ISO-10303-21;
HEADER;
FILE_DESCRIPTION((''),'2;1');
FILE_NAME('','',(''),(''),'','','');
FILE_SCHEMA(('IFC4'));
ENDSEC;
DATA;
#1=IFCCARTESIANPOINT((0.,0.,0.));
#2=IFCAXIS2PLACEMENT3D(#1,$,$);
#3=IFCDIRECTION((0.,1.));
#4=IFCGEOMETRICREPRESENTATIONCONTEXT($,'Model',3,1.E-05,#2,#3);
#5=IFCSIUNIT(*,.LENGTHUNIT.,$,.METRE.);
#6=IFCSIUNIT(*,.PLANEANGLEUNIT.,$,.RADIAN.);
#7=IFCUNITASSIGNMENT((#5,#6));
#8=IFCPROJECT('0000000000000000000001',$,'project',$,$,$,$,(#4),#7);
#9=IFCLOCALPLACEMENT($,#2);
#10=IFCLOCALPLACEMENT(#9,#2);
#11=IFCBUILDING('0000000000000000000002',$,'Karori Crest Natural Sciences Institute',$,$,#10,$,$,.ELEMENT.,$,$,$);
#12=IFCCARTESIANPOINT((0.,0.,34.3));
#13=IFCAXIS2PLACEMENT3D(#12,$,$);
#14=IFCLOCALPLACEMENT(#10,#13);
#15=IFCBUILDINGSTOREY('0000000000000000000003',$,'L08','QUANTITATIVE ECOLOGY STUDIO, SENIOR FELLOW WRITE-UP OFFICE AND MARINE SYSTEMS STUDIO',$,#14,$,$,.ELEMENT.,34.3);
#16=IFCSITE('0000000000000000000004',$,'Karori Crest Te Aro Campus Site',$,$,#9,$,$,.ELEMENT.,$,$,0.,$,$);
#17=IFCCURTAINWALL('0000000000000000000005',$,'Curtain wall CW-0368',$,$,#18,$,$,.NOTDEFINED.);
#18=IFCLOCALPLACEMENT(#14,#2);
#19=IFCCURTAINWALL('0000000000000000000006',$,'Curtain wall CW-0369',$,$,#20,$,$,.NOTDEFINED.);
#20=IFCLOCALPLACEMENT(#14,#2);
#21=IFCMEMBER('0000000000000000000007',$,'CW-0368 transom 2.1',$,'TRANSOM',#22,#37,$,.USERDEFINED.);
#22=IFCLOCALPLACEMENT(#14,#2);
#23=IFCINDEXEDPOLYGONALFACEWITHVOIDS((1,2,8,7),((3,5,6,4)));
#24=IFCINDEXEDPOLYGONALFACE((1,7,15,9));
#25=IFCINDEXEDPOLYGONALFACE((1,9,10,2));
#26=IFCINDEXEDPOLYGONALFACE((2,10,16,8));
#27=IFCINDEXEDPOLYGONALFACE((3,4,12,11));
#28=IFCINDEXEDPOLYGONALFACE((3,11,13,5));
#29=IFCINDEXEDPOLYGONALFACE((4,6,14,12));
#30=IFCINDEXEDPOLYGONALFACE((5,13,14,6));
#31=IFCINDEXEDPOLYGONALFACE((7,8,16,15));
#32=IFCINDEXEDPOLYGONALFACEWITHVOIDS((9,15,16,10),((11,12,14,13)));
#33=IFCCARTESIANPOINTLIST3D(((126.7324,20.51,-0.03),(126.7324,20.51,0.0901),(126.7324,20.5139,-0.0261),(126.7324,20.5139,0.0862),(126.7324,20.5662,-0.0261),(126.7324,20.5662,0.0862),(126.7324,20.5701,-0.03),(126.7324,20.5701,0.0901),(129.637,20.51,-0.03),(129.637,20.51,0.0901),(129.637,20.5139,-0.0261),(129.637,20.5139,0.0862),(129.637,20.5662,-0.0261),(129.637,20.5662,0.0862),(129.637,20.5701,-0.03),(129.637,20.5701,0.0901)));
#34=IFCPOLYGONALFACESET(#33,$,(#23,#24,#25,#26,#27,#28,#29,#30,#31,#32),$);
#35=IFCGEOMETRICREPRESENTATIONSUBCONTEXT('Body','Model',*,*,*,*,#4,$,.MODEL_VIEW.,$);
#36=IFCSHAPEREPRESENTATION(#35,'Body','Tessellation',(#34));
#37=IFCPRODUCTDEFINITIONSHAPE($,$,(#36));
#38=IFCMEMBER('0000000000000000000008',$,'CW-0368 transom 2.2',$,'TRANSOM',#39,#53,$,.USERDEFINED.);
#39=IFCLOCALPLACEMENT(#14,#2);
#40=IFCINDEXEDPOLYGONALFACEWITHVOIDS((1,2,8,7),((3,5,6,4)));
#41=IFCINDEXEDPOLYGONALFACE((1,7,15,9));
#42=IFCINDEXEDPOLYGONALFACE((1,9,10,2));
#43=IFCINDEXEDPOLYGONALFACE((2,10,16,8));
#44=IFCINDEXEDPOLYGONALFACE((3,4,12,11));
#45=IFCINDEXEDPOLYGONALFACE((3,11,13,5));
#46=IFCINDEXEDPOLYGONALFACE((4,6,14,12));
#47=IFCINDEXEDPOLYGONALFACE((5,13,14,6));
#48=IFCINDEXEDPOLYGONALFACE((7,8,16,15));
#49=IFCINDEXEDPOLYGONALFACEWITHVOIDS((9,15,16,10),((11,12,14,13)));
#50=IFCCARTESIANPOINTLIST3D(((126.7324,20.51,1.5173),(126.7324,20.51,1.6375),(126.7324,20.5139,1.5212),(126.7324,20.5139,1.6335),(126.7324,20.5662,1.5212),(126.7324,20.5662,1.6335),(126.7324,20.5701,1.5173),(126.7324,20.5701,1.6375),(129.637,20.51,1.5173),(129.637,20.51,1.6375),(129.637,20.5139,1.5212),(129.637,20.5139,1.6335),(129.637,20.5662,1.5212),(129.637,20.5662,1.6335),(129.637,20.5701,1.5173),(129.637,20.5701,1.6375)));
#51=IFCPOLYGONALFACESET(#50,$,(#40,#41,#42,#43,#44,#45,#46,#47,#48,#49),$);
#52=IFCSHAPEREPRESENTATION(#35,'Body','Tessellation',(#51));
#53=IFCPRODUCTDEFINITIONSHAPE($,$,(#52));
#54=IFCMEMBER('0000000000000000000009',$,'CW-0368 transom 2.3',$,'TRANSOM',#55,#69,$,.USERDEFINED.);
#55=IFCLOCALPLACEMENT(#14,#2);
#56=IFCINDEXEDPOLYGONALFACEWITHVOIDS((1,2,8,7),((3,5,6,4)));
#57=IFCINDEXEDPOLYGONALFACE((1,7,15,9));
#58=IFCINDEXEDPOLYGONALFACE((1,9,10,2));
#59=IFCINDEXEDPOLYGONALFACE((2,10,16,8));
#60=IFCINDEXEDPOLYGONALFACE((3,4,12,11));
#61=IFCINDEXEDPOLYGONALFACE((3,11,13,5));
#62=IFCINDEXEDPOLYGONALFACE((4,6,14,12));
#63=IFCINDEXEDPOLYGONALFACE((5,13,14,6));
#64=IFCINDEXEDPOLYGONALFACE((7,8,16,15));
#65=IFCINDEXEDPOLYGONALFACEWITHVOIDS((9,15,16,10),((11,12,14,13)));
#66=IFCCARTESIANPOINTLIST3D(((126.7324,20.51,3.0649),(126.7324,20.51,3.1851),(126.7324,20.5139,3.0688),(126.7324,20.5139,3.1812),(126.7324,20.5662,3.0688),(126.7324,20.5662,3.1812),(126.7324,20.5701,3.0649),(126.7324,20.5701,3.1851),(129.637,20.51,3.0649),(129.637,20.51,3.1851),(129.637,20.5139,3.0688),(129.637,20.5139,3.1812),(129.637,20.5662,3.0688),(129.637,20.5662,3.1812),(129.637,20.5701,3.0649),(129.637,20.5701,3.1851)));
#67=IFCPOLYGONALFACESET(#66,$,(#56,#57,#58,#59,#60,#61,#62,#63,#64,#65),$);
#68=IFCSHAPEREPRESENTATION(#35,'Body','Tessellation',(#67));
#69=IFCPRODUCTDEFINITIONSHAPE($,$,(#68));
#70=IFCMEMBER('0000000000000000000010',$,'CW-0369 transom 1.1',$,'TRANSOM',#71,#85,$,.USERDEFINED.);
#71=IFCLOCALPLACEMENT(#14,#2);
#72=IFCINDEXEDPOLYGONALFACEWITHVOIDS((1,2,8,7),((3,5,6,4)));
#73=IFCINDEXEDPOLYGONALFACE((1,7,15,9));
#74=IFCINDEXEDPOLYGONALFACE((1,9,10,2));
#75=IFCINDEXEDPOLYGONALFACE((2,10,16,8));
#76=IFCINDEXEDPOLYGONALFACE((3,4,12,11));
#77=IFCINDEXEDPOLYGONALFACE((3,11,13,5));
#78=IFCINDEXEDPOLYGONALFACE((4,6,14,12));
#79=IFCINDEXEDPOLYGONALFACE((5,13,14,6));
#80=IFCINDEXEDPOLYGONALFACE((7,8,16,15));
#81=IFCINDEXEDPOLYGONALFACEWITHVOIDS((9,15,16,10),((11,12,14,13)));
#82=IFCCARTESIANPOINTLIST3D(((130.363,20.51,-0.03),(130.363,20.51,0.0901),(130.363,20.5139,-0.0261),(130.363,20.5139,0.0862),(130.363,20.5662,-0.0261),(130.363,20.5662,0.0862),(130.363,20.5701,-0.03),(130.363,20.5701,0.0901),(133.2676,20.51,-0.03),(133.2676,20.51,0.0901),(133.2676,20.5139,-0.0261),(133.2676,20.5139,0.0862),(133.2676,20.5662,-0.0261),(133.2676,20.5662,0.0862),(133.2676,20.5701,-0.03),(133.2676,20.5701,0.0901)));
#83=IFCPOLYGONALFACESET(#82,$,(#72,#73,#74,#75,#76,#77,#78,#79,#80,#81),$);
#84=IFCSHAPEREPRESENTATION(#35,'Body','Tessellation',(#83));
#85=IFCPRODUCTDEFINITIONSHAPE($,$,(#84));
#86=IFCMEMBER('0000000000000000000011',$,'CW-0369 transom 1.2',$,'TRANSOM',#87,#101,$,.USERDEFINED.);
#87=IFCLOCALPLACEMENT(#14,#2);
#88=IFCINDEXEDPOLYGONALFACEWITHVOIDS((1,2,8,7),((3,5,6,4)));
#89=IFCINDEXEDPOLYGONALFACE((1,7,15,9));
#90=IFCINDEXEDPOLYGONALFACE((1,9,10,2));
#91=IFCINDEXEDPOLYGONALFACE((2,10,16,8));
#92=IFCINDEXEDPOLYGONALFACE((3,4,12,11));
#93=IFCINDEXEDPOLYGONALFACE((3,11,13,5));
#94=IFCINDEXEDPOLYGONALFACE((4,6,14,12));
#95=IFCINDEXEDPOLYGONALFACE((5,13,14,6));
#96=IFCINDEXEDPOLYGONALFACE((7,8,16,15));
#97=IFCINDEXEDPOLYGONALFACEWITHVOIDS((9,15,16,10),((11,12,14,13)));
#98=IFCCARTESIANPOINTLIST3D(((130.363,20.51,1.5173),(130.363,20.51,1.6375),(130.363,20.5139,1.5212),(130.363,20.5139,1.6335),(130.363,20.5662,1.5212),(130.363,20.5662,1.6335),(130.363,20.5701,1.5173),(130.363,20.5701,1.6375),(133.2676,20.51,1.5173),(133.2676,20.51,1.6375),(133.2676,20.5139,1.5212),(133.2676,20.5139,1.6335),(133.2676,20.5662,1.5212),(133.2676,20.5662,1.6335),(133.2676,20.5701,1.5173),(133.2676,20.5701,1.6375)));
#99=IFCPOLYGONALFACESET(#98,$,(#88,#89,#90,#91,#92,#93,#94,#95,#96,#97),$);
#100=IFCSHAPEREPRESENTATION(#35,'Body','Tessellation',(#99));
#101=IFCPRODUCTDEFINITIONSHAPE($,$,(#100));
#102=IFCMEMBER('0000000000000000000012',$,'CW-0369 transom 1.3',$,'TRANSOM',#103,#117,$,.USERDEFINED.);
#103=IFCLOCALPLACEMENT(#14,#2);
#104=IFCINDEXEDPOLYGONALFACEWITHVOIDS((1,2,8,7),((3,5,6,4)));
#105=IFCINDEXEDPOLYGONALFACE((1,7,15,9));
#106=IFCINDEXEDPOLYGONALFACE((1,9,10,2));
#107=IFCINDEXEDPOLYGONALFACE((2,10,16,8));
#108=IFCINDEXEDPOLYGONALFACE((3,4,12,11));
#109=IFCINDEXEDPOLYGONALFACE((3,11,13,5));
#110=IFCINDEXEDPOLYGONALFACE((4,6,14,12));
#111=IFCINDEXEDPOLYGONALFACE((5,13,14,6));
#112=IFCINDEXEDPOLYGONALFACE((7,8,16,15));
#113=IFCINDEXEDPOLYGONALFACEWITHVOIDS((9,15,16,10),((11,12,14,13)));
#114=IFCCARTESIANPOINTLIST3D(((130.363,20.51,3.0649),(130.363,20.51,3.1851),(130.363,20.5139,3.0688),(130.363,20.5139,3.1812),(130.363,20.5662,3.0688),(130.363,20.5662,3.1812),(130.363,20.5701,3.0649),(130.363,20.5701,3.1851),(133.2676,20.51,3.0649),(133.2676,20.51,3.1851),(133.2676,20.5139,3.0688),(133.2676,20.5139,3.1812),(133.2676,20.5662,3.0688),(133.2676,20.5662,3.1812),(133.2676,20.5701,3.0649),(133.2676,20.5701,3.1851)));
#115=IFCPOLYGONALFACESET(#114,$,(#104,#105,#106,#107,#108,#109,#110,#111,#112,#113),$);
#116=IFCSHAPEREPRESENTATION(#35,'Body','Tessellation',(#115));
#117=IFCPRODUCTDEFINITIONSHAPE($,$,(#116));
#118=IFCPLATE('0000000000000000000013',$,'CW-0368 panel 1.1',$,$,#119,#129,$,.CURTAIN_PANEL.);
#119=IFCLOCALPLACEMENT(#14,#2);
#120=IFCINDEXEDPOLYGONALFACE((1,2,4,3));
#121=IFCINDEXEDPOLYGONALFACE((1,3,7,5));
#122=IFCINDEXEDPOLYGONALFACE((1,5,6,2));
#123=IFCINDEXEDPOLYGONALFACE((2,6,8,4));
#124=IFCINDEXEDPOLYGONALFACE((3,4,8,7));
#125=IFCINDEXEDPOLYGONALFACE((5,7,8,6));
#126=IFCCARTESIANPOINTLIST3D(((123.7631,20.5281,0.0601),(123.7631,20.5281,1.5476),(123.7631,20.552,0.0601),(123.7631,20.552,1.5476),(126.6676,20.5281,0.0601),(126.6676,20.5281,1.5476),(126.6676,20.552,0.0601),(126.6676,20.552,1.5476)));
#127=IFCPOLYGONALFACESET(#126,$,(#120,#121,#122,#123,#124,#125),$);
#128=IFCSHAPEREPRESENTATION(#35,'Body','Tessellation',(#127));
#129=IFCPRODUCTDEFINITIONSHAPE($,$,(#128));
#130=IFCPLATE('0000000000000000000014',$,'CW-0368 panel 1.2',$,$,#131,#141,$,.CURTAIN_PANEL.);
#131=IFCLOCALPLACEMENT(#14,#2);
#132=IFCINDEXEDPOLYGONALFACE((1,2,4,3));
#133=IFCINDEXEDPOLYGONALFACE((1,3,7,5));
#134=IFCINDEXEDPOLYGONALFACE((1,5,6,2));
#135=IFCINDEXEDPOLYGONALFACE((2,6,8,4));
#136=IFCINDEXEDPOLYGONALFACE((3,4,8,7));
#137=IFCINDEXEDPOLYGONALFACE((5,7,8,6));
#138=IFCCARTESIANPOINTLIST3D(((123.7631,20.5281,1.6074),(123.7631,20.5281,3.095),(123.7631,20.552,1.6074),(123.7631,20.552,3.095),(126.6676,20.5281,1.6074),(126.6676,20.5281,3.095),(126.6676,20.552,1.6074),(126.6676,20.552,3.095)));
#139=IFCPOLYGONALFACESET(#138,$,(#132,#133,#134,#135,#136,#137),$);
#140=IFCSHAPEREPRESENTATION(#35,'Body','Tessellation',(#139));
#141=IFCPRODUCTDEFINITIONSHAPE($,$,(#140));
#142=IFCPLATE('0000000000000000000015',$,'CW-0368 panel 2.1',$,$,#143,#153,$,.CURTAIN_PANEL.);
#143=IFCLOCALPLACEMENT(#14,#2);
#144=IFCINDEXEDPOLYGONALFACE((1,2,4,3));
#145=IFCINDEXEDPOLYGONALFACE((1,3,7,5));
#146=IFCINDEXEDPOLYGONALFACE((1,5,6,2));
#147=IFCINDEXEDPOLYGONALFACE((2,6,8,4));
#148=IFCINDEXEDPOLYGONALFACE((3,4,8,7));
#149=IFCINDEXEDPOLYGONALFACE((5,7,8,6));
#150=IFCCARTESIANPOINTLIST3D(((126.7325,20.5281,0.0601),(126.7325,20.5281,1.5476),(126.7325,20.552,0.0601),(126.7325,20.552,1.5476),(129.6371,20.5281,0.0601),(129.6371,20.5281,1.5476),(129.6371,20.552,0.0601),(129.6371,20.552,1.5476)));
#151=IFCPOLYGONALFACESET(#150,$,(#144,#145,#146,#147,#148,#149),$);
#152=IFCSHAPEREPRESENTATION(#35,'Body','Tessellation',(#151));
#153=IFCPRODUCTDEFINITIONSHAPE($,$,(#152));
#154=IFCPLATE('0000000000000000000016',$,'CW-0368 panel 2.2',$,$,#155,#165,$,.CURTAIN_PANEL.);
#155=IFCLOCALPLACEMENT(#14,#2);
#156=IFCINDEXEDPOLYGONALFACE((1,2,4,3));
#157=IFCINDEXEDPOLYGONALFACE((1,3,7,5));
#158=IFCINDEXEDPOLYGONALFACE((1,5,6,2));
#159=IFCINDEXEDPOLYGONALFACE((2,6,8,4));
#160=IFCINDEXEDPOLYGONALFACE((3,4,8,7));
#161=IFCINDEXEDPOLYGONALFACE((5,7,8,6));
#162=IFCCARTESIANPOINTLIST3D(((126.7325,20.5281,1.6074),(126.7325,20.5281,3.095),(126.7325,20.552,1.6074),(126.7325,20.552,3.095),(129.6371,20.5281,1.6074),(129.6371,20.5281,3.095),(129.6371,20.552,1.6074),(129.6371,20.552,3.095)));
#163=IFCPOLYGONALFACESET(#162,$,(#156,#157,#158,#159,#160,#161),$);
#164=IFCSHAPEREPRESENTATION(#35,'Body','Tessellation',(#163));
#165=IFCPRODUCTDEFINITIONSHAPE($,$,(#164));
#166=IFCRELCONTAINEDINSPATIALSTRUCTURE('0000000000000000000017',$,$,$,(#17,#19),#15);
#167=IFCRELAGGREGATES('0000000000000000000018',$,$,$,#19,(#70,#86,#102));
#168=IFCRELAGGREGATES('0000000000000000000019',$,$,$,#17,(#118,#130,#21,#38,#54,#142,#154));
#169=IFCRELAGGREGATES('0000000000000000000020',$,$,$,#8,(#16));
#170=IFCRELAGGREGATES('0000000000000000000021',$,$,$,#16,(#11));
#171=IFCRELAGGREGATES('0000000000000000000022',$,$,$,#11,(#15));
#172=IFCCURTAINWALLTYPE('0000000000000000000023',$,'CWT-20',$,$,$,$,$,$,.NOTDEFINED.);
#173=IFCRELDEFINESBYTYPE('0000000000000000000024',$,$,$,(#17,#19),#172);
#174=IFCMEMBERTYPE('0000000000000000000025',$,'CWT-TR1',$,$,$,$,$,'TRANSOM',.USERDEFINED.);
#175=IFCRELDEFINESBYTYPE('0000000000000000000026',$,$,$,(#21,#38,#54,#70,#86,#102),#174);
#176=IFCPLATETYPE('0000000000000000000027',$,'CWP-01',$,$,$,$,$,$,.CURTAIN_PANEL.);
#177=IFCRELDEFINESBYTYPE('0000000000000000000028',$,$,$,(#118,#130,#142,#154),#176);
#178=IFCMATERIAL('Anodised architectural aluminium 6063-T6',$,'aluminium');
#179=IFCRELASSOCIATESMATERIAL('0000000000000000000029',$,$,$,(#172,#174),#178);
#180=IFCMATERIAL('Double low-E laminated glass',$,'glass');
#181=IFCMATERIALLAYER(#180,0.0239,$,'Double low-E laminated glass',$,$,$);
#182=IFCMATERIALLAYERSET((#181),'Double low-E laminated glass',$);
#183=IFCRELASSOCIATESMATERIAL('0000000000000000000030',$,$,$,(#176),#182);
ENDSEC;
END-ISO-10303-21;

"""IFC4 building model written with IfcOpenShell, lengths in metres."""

from ifc_helpers import new_model, si_unit, direction, frame, origin, origin_2d, place, context, subcontext, project, spatial, rectangle, hollow_rectangle, extrude, material, layer, layer_set, material_profile, profile_set, type_object, element, aggregate, save


model = new_model("IFC4")

# Units and contexts
model_context = context("Model", 3, precision=1e-05, world=origin(), true_north=direction((0.0, 1.0)))
body_context = subcontext(model_context, "Body", "Model", "MODEL_VIEW")
ifc_project = project(units=[si_unit("LENGTHUNIT", "METRE"), si_unit("PLANEANGLEUNIT", "RADIAN")], contexts=[model_context])

# Site, building, storey
site_placement = place(None, origin())
site = spatial("IfcSite", under=ifc_project, at=site_placement, Name="Karori Crest Te Aro Campus Site", CompositionType="ELEMENT", RefElevation=0.0)
building_placement = place(site_placement, origin())
building = spatial("IfcBuilding", under=site, at=building_placement, Name="Karori Crest Natural Sciences Institute", CompositionType="ELEMENT")
storey_placement = place(building_placement, frame((0.0, 0.0, 34.3)))
storey = spatial("IfcBuildingStorey", under=building, at=storey_placement, Name="L08", Description="QUANTITATIVE ECOLOGY STUDIO, SENIOR FELLOW WRITE-UP OFFICE AND MARINE SYSTEMS STUDIO", CompositionType="ELEMENT", Elevation=34.3)

# Curtain wall
ifc_material_1 = material(Name="Anodised architectural aluminium 6063-T6", Category="aluminium")
curtain_wall_type = type_object("IfcCurtainWallType", Name="CWT-20", PredefinedType="NOTDEFINED", material=ifc_material_1)
curtain_wall_1_placement = place(storey_placement, origin())
curtain_wall_1 = element("IfcCurtainWall", 1, at=curtain_wall_1_placement, inside=storey, type_object=curtain_wall_type, Name="Curtain wall CW-0368", PredefinedType="NOTDEFINED")

# Curtain wall
curtain_wall_2_placement = place(storey_placement, origin())
curtain_wall_2 = element("IfcCurtainWall", 2, at=curtain_wall_2_placement, inside=storey, type_object=curtain_wall_type, Name="Curtain wall CW-0369", PredefinedType="NOTDEFINED")

# Members
ifc_material_profile_1 = material_profile(ifc_material_1, hollow_rectangle(XDim=0.0601, YDim=0.1201, WallThickness=0.0039, at=origin_2d()), Name="CWT120x60x4")
ifc_profile_set_1 = profile_set([ifc_material_profile_1], Name="Anodised architectural aluminium 6063-T6")
member_type_1 = type_object("IfcMemberType", Name="CWT-TR1", ElementType="TRANSOM", PredefinedType="USERDEFINED", material=ifc_profile_set_1)
member_1_placement = place(storey_placement, frame((126.7324, 20.54, 0.03), z_axis=(1.0, 0.0, 0.0), x_axis=(0.0, 1.0, 0.0)))
member_1 = element("IfcMember", 3, at=member_1_placement, type_object=member_type_1, Name="CW-0368 transom 2.1", ObjectType="TRANSOM", PredefinedType="USERDEFINED", context=body_context, shape_type="SweptSolid", body=[
    extrude(hollow_rectangle(XDim=0.0601, YDim=0.1201, WallThickness=0.0039, at=origin_2d()), origin(), (0.0, 0.0, 1.0), 2.9045),
])
member_2_placement = place(storey_placement, frame((126.7324, 20.54, 1.5774), z_axis=(1.0, 0.0, 0.0), x_axis=(0.0, 1.0, 0.0)))
member_2 = element("IfcMember", 4, at=member_2_placement, type_object=member_type_1, Name="CW-0368 transom 2.2", ObjectType="TRANSOM", PredefinedType="USERDEFINED", context=body_context, shape_type="SweptSolid", body=[
    extrude(hollow_rectangle(XDim=0.0601, YDim=0.1201, WallThickness=0.0039, at=origin_2d()), origin(), (0.0, 0.0, 1.0), 2.9045),
])
member_3_placement = place(storey_placement, frame((126.7324, 20.54, 3.125), z_axis=(1.0, 0.0, 0.0), x_axis=(0.0, 1.0, 0.0)))
member_3 = element("IfcMember", 5, at=member_3_placement, type_object=member_type_1, Name="CW-0368 transom 2.3", ObjectType="TRANSOM", PredefinedType="USERDEFINED", context=body_context, shape_type="SweptSolid", body=[
    extrude(hollow_rectangle(XDim=0.0601, YDim=0.1201, WallThickness=0.0039, at=origin_2d()), origin(), (0.0, 0.0, 1.0), 2.9045),
])
member_4_placement = place(storey_placement, frame((130.363, 20.54, 0.03), z_axis=(1.0, 0.0, 0.0), x_axis=(0.0, 1.0, 0.0)))
member_4 = element("IfcMember", 6, at=member_4_placement, type_object=member_type_1, Name="CW-0369 transom 1.1", ObjectType="TRANSOM", PredefinedType="USERDEFINED", context=body_context, shape_type="SweptSolid", body=[
    extrude(hollow_rectangle(XDim=0.0601, YDim=0.1201, WallThickness=0.0039, at=origin_2d()), origin(), (0.0, 0.0, 1.0), 2.9045),
])
member_5_placement = place(storey_placement, frame((130.363, 20.54, 1.5774), z_axis=(1.0, 0.0, 0.0), x_axis=(0.0, 1.0, 0.0)))
member_5 = element("IfcMember", 7, at=member_5_placement, type_object=member_type_1, Name="CW-0369 transom 1.2", ObjectType="TRANSOM", PredefinedType="USERDEFINED", context=body_context, shape_type="SweptSolid", body=[
    extrude(hollow_rectangle(XDim=0.0601, YDim=0.1201, WallThickness=0.0039, at=origin_2d()), origin(), (0.0, 0.0, 1.0), 2.9045),
])
member_6_placement = place(storey_placement, frame((130.363, 20.54, 3.125), z_axis=(1.0, 0.0, 0.0), x_axis=(0.0, 1.0, 0.0)))
member_6 = element("IfcMember", 8, at=member_6_placement, type_object=member_type_1, Name="CW-0369 transom 1.3", ObjectType="TRANSOM", PredefinedType="USERDEFINED", context=body_context, shape_type="SweptSolid", body=[
    extrude(hollow_rectangle(XDim=0.0601, YDim=0.1201, WallThickness=0.0039, at=origin_2d()), origin(), (0.0, 0.0, 1.0), 2.9045),
])
aggregate(curtain_wall_2, [member_4, member_5, member_6])

# Plates
ifc_material_2 = material(Name="Double low-E laminated glass", Category="glass")
ifc_layer = layer(ifc_material_2, 0.0239, Name="Double low-E laminated glass")
ifc_layer_set = layer_set([ifc_layer], Name="Double low-E laminated glass")
plate_type = type_object("IfcPlateType", Name="CWP-01", PredefinedType="CURTAIN_PANEL", material=ifc_layer_set)
plate_1_placement = place(storey_placement, frame((125.2153, 20.54, 0.0601), z_axis=(0.0, 0.0, 1.0), x_axis=(1.0, 0.0, 0.0)))
plate_1 = element("IfcPlate", 9, at=plate_1_placement, type_object=plate_type, Name="CW-0368 panel 1.1", PredefinedType="CURTAIN_PANEL", context=body_context, shape_type="SweptSolid", body=[
    extrude(rectangle(XDim=2.9045, YDim=0.0239, at=origin_2d()), origin(), (0.0, 0.0, 1.0), 1.4875),
])
plate_2_placement = place(storey_placement, frame((125.2153, 20.54, 1.6074), z_axis=(0.0, 0.0, 1.0), x_axis=(1.0, 0.0, 0.0)))
plate_2 = element("IfcPlate", 10, at=plate_2_placement, type_object=plate_type, Name="CW-0368 panel 1.2", PredefinedType="CURTAIN_PANEL", context=body_context, shape_type="SweptSolid", body=[
    extrude(rectangle(XDim=2.9045, YDim=0.0239, at=origin_2d()), origin(), (0.0, 0.0, 1.0), 1.4875),
])
plate_3_placement = place(storey_placement, frame((128.1848, 20.54, 0.0601), z_axis=(0.0, 0.0, 1.0), x_axis=(1.0, 0.0, 0.0)))
plate_3 = element("IfcPlate", 11, at=plate_3_placement, type_object=plate_type, Name="CW-0368 panel 2.1", PredefinedType="CURTAIN_PANEL", context=body_context, shape_type="SweptSolid", body=[
    extrude(rectangle(XDim=2.9045, YDim=0.0239, at=origin_2d()), origin(), (0.0, 0.0, 1.0), 1.4875),
])
plate_4_placement = place(storey_placement, frame((128.1848, 20.54, 1.6074), z_axis=(0.0, 0.0, 1.0), x_axis=(1.0, 0.0, 0.0)))
plate_4 = element("IfcPlate", 12, at=plate_4_placement, type_object=plate_type, Name="CW-0368 panel 2.2", PredefinedType="CURTAIN_PANEL", context=body_context, shape_type="SweptSolid", body=[
    extrude(rectangle(XDim=2.9045, YDim=0.0239, at=origin_2d()), origin(), (0.0, 0.0, 1.0), 1.4875),
])
aggregate(curtain_wall_1, [plate_1, plate_2, member_1, member_2, member_3, plate_3, plate_4])

save(model, "model.ifc")
